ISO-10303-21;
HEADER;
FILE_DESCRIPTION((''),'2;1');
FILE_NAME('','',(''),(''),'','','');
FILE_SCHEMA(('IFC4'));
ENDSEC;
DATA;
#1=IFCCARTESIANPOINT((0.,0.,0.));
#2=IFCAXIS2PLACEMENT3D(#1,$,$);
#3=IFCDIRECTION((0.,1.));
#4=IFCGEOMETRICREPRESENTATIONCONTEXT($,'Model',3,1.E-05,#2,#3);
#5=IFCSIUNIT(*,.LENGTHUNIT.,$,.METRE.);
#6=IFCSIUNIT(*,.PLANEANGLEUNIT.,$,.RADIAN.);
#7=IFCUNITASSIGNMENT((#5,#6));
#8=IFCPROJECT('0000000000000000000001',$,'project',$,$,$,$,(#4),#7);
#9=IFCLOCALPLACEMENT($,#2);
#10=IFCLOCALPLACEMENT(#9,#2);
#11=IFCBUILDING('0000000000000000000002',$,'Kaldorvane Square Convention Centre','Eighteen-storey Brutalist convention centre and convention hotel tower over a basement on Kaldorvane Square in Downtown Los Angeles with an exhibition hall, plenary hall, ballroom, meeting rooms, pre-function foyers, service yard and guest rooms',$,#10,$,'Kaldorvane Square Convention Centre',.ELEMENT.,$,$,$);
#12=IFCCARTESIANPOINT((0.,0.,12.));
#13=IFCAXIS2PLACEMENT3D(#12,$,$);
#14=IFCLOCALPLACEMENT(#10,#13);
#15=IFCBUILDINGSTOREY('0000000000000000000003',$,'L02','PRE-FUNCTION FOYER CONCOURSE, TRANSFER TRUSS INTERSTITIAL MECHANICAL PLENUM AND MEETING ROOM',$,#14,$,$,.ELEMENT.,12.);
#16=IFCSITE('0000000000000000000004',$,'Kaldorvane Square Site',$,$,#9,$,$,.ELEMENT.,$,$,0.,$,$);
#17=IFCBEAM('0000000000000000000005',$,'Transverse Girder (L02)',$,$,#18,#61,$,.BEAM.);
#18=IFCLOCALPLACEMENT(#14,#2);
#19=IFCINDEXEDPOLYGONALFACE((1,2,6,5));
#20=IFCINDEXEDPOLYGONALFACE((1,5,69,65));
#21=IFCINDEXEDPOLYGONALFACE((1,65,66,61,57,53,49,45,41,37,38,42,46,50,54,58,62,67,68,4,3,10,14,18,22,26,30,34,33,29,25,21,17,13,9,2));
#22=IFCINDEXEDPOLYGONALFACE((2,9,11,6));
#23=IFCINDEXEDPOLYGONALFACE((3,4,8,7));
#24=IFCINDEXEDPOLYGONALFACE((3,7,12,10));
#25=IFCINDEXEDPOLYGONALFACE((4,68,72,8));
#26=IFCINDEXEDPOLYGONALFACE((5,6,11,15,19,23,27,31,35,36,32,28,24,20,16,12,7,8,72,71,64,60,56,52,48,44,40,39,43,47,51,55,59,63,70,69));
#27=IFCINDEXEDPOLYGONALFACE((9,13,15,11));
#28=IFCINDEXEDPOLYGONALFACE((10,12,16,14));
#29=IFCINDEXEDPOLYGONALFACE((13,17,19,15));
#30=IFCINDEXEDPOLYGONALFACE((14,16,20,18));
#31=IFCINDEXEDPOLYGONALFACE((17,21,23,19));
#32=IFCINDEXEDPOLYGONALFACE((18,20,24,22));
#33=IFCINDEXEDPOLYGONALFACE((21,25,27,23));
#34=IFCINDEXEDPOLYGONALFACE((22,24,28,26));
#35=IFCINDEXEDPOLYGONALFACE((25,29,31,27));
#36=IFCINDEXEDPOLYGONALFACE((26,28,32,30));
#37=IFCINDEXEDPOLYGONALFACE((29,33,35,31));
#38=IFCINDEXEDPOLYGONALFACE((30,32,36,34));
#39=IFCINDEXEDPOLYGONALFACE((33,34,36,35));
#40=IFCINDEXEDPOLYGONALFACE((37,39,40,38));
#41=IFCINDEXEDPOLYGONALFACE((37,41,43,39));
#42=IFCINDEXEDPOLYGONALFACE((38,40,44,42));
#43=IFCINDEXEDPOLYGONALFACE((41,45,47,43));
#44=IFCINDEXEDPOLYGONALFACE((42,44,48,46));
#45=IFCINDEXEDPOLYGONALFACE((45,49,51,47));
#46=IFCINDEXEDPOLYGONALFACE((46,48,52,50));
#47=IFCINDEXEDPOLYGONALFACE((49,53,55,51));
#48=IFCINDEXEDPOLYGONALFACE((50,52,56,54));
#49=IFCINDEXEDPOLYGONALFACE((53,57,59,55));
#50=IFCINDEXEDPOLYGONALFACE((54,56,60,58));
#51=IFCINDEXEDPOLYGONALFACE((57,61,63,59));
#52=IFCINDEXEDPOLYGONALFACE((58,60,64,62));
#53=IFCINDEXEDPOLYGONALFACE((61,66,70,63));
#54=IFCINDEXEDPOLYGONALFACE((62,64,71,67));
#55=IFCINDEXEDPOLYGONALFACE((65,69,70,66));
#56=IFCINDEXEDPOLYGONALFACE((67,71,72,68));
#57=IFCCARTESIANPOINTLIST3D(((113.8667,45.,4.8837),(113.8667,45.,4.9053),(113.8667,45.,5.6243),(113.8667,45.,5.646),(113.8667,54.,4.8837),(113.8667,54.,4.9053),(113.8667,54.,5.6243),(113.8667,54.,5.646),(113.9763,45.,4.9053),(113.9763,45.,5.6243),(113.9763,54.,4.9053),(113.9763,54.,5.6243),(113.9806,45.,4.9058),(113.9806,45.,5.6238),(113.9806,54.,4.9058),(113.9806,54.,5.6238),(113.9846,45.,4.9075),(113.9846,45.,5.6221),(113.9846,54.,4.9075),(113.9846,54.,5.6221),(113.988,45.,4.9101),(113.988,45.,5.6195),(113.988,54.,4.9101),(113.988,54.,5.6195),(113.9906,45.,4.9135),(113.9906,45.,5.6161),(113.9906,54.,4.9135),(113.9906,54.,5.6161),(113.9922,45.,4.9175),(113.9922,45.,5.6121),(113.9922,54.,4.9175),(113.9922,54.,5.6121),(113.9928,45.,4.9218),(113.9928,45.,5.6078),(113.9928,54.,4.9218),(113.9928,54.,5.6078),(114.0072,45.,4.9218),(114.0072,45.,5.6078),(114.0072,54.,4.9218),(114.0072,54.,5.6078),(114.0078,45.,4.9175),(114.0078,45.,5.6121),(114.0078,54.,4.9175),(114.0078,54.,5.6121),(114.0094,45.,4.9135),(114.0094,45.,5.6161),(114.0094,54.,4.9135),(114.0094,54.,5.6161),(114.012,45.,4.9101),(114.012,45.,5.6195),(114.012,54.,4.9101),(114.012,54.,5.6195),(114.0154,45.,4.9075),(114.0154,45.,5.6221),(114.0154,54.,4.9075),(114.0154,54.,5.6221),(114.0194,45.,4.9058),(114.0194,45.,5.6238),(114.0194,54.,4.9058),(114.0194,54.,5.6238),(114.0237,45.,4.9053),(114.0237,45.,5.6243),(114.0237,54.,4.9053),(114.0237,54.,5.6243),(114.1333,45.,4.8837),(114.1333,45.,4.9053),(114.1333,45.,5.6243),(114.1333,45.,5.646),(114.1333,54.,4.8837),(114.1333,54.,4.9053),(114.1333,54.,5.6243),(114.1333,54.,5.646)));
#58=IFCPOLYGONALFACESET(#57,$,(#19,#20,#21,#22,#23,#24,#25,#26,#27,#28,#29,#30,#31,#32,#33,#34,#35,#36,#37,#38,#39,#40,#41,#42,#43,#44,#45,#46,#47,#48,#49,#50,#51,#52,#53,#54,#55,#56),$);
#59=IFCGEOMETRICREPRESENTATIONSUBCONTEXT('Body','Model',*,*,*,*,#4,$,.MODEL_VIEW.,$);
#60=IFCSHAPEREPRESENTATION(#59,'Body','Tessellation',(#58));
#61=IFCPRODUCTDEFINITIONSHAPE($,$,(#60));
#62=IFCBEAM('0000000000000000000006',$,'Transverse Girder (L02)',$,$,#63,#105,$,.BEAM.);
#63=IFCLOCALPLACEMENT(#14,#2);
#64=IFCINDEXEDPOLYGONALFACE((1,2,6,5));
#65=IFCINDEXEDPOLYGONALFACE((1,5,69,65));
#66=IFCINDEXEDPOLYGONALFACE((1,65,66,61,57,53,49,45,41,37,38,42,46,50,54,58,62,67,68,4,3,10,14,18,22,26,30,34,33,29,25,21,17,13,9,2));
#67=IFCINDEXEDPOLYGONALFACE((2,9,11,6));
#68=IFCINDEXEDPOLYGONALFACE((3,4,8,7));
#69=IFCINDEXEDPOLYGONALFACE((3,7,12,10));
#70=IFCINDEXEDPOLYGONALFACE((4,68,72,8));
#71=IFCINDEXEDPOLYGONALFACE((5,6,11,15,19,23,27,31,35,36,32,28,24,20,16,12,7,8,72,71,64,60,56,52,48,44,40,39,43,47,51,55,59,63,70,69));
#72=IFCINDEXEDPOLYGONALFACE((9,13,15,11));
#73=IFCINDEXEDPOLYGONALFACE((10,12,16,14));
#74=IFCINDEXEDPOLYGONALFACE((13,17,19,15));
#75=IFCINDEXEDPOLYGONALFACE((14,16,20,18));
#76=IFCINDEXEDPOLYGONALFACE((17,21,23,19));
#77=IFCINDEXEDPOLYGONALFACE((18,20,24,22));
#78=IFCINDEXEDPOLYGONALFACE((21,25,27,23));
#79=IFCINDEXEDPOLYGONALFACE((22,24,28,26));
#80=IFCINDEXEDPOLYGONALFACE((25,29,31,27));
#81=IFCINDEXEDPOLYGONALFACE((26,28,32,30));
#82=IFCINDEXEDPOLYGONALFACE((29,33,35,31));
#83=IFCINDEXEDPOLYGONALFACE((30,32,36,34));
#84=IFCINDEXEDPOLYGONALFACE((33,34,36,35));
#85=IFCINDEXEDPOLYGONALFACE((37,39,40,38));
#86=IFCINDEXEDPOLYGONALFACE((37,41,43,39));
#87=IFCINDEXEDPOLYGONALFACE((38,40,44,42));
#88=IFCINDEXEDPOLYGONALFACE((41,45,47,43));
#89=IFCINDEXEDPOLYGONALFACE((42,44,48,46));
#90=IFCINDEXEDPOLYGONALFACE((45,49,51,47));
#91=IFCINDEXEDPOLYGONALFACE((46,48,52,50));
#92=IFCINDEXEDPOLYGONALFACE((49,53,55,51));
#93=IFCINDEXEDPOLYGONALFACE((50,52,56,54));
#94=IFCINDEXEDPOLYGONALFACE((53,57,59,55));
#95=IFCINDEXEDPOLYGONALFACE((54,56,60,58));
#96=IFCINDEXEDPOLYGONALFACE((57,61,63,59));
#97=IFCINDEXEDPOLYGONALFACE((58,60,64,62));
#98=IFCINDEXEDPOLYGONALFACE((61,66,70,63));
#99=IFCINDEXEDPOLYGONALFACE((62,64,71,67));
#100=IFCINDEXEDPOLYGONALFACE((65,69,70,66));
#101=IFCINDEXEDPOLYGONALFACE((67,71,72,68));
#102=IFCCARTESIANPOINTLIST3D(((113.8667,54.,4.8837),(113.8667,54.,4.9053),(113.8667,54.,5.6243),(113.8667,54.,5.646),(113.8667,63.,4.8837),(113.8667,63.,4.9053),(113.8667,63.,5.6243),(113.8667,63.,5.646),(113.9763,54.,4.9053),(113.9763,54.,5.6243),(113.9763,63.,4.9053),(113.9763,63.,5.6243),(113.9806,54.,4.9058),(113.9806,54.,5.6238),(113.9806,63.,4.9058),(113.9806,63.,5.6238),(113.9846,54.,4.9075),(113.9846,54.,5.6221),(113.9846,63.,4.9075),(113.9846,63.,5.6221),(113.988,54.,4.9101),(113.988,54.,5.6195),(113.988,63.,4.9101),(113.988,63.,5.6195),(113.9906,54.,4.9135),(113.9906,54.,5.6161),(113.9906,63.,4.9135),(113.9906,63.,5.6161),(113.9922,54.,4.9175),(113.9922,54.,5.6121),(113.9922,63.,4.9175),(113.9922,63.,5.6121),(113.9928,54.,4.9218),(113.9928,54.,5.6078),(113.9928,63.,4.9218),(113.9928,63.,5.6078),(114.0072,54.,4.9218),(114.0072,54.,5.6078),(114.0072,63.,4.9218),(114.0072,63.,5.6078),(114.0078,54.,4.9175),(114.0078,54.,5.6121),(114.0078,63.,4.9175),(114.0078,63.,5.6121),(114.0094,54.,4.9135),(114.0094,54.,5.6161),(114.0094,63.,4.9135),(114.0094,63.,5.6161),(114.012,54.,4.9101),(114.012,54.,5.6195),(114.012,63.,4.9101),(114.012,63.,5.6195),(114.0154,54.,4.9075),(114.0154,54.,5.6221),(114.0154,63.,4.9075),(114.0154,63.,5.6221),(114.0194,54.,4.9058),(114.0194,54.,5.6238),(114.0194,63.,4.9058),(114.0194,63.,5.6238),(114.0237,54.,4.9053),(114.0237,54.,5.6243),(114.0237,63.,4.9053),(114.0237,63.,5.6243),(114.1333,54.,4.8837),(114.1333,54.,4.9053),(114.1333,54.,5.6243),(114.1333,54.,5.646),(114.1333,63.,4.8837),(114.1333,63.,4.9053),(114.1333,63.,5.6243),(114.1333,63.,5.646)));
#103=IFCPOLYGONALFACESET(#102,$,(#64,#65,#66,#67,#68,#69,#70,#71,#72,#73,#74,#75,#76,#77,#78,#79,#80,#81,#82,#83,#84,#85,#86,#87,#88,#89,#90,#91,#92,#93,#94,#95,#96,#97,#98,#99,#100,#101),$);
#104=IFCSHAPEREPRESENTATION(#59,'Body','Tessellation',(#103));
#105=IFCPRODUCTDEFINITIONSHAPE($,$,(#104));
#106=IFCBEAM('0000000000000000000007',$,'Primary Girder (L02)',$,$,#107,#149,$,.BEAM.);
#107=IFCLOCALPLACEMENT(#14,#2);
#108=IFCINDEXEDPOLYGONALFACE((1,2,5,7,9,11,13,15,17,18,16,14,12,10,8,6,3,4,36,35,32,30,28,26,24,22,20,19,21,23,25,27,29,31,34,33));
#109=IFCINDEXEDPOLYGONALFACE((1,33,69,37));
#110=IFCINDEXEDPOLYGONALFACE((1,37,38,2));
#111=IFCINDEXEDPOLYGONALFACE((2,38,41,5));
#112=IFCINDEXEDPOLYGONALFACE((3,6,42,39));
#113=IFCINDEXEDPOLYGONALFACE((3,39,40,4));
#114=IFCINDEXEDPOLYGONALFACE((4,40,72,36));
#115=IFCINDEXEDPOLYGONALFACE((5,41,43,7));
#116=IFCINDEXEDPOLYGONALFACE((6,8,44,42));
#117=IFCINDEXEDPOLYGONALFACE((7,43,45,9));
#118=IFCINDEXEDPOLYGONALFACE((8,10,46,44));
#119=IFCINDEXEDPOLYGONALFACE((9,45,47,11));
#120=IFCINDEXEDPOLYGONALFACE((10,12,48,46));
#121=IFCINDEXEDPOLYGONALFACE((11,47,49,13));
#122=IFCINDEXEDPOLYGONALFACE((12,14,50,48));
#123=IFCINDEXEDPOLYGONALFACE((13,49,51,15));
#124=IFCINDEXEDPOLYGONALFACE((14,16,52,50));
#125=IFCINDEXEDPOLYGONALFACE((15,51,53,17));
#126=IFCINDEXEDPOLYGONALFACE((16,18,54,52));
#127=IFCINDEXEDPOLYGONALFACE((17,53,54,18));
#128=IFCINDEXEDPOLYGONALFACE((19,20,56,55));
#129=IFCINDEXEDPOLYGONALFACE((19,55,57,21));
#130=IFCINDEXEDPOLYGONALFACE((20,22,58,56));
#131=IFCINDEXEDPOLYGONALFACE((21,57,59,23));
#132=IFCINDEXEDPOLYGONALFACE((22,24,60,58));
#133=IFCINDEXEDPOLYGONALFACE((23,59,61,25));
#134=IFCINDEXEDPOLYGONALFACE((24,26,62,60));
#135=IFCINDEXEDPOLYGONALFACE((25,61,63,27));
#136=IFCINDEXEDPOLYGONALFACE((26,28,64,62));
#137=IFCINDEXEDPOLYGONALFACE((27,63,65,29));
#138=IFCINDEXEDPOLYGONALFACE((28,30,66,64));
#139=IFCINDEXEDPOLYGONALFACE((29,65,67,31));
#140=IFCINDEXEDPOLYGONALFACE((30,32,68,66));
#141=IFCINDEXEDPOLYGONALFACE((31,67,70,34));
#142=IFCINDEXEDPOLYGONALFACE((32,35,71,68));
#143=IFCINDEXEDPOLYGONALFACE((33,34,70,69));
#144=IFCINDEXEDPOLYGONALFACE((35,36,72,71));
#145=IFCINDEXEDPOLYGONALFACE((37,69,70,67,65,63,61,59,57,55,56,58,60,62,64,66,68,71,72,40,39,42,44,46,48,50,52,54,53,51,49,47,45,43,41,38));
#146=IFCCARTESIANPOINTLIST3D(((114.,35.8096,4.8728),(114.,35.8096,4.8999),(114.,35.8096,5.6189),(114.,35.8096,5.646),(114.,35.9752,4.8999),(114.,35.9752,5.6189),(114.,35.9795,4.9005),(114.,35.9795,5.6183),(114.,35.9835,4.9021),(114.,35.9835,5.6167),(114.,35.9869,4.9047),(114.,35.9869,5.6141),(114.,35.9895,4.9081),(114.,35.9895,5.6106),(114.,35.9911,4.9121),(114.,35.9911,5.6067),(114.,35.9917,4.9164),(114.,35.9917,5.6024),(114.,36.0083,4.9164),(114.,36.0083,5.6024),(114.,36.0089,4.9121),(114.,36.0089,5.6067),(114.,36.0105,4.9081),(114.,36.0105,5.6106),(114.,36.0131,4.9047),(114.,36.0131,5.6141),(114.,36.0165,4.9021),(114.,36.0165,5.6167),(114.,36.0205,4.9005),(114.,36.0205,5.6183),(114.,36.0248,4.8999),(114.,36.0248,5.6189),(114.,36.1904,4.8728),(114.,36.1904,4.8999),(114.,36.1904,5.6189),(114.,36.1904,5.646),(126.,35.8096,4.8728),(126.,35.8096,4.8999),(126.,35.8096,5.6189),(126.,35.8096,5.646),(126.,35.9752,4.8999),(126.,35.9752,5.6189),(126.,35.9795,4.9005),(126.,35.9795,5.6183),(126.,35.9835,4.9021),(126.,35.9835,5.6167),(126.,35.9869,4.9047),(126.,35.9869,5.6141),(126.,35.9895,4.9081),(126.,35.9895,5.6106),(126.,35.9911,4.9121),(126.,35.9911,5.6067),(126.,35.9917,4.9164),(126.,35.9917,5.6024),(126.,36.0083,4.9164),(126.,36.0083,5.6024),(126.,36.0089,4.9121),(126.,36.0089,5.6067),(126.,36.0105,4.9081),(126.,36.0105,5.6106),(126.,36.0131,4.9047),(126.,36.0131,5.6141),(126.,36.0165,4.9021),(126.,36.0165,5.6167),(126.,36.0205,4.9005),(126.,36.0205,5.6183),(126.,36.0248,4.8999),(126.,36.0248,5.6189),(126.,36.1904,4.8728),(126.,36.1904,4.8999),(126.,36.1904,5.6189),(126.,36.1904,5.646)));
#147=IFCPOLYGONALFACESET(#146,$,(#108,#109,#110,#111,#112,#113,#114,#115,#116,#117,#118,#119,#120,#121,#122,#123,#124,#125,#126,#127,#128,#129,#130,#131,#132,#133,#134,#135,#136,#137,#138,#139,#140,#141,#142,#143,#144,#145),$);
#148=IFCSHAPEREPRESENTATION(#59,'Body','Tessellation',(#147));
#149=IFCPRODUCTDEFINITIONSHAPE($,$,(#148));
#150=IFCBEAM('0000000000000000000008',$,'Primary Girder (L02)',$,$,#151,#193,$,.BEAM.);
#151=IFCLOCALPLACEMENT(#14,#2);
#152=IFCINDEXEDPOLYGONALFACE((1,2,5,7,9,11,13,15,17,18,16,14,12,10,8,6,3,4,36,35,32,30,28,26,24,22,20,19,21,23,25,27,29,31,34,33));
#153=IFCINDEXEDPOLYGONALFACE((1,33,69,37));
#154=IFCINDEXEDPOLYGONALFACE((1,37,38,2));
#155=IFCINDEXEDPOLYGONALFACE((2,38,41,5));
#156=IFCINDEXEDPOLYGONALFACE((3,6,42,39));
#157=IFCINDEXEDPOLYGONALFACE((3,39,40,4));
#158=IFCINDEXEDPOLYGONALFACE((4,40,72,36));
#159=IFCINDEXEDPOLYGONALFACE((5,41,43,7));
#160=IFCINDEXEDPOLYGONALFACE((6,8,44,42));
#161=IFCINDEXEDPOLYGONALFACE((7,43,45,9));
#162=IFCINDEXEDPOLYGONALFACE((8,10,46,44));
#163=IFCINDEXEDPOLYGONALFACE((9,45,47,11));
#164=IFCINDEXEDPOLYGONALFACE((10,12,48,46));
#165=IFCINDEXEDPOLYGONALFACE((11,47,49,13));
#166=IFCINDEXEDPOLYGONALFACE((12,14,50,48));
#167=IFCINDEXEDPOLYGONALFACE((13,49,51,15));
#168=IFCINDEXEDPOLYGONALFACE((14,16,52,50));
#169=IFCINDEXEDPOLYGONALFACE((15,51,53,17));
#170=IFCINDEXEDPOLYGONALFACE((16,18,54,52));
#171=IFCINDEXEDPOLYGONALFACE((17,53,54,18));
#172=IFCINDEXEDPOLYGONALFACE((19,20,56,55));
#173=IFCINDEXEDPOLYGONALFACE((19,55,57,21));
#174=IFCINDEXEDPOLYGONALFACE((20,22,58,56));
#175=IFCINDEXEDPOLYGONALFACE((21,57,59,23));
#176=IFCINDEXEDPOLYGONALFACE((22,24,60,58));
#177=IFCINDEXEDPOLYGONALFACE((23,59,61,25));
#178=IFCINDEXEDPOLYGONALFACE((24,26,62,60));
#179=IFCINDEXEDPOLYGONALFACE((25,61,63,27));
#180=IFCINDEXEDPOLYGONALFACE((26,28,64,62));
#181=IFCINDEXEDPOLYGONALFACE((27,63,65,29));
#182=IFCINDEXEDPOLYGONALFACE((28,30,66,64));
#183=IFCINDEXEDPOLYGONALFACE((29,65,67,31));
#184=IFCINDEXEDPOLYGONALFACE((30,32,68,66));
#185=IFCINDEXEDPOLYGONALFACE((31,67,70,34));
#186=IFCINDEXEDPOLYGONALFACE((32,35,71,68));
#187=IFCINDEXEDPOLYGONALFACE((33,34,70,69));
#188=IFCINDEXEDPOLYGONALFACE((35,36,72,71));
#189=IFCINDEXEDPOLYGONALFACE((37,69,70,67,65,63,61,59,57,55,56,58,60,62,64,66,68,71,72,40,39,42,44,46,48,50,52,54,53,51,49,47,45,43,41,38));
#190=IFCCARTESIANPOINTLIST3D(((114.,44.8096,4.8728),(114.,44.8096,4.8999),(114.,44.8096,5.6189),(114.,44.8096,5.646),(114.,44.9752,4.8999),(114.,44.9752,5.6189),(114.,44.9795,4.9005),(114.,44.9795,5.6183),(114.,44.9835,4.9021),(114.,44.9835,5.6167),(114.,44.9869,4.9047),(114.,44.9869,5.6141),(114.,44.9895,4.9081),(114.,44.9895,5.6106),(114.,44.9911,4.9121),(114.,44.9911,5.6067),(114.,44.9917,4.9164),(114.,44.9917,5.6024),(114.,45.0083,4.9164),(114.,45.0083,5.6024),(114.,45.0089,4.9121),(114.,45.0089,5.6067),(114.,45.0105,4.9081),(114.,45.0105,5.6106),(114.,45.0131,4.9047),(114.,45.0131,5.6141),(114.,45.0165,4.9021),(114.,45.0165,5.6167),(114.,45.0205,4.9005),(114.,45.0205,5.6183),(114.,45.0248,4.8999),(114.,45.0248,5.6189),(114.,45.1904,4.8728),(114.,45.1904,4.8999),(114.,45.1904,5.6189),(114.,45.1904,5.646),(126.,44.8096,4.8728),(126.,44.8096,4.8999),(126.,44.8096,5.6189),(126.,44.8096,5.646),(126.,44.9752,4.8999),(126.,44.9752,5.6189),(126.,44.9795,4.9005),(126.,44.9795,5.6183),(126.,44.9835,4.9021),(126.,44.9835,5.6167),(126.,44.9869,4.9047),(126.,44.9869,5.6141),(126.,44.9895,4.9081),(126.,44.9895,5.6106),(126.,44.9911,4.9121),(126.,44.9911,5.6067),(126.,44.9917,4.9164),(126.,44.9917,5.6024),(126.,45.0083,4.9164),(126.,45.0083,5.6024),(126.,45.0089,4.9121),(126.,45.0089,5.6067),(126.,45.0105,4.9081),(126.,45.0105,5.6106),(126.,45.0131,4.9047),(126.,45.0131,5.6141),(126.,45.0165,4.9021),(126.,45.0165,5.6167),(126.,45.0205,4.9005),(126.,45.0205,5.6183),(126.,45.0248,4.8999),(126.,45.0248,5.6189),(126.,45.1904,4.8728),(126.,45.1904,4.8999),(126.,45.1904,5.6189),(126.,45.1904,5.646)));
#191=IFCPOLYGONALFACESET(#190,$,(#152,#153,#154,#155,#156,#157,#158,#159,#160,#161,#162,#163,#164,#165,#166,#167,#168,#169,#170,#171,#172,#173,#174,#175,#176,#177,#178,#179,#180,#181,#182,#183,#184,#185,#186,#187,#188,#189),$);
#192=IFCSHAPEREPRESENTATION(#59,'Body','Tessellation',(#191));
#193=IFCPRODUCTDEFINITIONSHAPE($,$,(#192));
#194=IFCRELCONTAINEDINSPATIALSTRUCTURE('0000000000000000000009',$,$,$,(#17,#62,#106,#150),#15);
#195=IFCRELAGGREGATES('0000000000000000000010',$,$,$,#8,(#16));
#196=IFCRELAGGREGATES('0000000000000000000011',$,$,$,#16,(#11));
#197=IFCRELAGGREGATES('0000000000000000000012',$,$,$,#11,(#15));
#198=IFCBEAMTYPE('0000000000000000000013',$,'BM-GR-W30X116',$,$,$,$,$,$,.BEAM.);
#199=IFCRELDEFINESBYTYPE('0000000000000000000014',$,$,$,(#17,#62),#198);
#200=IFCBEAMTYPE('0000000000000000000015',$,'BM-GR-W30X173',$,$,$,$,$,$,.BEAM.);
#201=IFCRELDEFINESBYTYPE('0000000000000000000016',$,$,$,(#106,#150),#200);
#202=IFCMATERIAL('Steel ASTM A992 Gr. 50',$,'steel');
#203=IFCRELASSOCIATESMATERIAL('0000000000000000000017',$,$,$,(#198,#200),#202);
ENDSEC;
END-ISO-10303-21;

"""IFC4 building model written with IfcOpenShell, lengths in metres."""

from ifc_helpers import new_model, si_unit, direction, frame, origin, origin_2d, place, context, subcontext, project, spatial, i_section, extrude, material, material_profile, profile_set, type_object, element, save


model = new_model("IFC4")

# Units and contexts
model_context = context("Model", 3, precision=1e-05, world=origin(), true_north=direction((0.0, 1.0)))
body_context = subcontext(model_context, "Body", "Model", "MODEL_VIEW")
ifc_project = project(units=[si_unit("LENGTHUNIT", "METRE"), si_unit("PLANEANGLEUNIT", "RADIAN")], contexts=[model_context])

# Site, building, storey
site_placement = place(None, origin())
site = spatial("IfcSite", under=ifc_project, at=site_placement, Name="Kaldorvane Square Site", CompositionType="ELEMENT", RefElevation=0.0)
building_placement = place(site_placement, origin())
building = spatial("IfcBuilding", under=site, at=building_placement, Name="Kaldorvane Square Convention Centre", Description="Eighteen-storey Brutalist convention centre and convention hotel tower over a basement on Kaldorvane Square in Downtown Los Angeles with an exhibition hall, plenary hall, ballroom, meeting rooms, pre-function foyers, service yard and guest rooms", LongName="Kaldorvane Square Convention Centre", CompositionType="ELEMENT")
storey_placement = place(building_placement, frame((0.0, 0.0, 12.0)))
storey = spatial("IfcBuildingStorey", under=building, at=storey_placement, Name="L02", Description="PRE-FUNCTION FOYER CONCOURSE, TRANSFER TRUSS INTERSTITIAL MECHANICAL PLENUM AND MEETING ROOM", CompositionType="ELEMENT", Elevation=12.0)

# Shared definitions
ifc_material_1 = material(Name="Steel ASTM A992 Gr. 50", Category="steel")

# Beams
ifc_material_profile_1 = material_profile(ifc_material_1, i_section(OverallWidth=0.2666, OverallDepth=0.7623, WebThickness=0.0144, FlangeThickness=0.0216, FilletRadius=0.0165, at=origin_2d()), Name="W30X116")
ifc_profile_set_1 = profile_set([ifc_material_profile_1], Name="Steel ASTM A992 Gr. 50")
beam_type_1 = type_object("IfcBeamType", Name="BM-GR-W30X116", PredefinedType="BEAM", material=ifc_profile_set_1)
for number, where, z_axis, x_axis, name in (
    (1, (114.0, 45.0, 5.2648), (0.0, 1.0, 0.0), (-1.0, 0.0, 0.0), "Transverse Girder (L02)"),
    (2, (114.0, 54.0, 5.2648), (0.0, 1.0, 0.0), (-1.0, 0.0, 0.0), "Transverse Girder (L02)"),
):
    element("IfcBeam", number, at=place(storey_placement, frame(where, z_axis=z_axis, x_axis=x_axis)), inside=storey, type_object=beam_type_1, Name=name, PredefinedType="BEAM", context=body_context, shape_type="SweptSolid", body=[
        extrude(i_section(OverallWidth=0.2666, OverallDepth=0.7623, WebThickness=0.0144, FlangeThickness=0.0216, FilletRadius=0.0165, at=origin_2d()), origin(), (0.0, 0.0, 1.0), 9.0),
    ])
ifc_material_profile_2 = material_profile(ifc_material_1, i_section(OverallWidth=0.3807, OverallDepth=0.7732, WebThickness=0.0166, FlangeThickness=0.0271, FilletRadius=0.0165, at=origin_2d()), Name="W30X173")
ifc_profile_set_2 = profile_set([ifc_material_profile_2], Name="Steel ASTM A992 Gr. 50")
beam_type_2 = type_object("IfcBeamType", Name="BM-GR-W30X173", PredefinedType="BEAM", material=ifc_profile_set_2)
for number, where, z_axis, x_axis, name in (
    (3, (114.0, 36.0, 5.2594), (1.0, 0.0, 0.0), (0.0, 1.0, 0.0), "Primary Girder (L02)"),
    (4, (114.0, 45.0, 5.2594), (1.0, 0.0, 0.0), (0.0, 1.0, 0.0), "Primary Girder (L02)"),
):
    element("IfcBeam", number, at=place(storey_placement, frame(where, z_axis=z_axis, x_axis=x_axis)), inside=storey, type_object=beam_type_2, Name=name, PredefinedType="BEAM", context=body_context, shape_type="SweptSolid", body=[
        extrude(i_section(OverallWidth=0.3807, OverallDepth=0.7732, WebThickness=0.0166, FlangeThickness=0.0271, FilletRadius=0.0165, at=origin_2d()), origin(), (0.0, 0.0, 1.0), 12.0),
    ])

save(model, "model.ifc")
